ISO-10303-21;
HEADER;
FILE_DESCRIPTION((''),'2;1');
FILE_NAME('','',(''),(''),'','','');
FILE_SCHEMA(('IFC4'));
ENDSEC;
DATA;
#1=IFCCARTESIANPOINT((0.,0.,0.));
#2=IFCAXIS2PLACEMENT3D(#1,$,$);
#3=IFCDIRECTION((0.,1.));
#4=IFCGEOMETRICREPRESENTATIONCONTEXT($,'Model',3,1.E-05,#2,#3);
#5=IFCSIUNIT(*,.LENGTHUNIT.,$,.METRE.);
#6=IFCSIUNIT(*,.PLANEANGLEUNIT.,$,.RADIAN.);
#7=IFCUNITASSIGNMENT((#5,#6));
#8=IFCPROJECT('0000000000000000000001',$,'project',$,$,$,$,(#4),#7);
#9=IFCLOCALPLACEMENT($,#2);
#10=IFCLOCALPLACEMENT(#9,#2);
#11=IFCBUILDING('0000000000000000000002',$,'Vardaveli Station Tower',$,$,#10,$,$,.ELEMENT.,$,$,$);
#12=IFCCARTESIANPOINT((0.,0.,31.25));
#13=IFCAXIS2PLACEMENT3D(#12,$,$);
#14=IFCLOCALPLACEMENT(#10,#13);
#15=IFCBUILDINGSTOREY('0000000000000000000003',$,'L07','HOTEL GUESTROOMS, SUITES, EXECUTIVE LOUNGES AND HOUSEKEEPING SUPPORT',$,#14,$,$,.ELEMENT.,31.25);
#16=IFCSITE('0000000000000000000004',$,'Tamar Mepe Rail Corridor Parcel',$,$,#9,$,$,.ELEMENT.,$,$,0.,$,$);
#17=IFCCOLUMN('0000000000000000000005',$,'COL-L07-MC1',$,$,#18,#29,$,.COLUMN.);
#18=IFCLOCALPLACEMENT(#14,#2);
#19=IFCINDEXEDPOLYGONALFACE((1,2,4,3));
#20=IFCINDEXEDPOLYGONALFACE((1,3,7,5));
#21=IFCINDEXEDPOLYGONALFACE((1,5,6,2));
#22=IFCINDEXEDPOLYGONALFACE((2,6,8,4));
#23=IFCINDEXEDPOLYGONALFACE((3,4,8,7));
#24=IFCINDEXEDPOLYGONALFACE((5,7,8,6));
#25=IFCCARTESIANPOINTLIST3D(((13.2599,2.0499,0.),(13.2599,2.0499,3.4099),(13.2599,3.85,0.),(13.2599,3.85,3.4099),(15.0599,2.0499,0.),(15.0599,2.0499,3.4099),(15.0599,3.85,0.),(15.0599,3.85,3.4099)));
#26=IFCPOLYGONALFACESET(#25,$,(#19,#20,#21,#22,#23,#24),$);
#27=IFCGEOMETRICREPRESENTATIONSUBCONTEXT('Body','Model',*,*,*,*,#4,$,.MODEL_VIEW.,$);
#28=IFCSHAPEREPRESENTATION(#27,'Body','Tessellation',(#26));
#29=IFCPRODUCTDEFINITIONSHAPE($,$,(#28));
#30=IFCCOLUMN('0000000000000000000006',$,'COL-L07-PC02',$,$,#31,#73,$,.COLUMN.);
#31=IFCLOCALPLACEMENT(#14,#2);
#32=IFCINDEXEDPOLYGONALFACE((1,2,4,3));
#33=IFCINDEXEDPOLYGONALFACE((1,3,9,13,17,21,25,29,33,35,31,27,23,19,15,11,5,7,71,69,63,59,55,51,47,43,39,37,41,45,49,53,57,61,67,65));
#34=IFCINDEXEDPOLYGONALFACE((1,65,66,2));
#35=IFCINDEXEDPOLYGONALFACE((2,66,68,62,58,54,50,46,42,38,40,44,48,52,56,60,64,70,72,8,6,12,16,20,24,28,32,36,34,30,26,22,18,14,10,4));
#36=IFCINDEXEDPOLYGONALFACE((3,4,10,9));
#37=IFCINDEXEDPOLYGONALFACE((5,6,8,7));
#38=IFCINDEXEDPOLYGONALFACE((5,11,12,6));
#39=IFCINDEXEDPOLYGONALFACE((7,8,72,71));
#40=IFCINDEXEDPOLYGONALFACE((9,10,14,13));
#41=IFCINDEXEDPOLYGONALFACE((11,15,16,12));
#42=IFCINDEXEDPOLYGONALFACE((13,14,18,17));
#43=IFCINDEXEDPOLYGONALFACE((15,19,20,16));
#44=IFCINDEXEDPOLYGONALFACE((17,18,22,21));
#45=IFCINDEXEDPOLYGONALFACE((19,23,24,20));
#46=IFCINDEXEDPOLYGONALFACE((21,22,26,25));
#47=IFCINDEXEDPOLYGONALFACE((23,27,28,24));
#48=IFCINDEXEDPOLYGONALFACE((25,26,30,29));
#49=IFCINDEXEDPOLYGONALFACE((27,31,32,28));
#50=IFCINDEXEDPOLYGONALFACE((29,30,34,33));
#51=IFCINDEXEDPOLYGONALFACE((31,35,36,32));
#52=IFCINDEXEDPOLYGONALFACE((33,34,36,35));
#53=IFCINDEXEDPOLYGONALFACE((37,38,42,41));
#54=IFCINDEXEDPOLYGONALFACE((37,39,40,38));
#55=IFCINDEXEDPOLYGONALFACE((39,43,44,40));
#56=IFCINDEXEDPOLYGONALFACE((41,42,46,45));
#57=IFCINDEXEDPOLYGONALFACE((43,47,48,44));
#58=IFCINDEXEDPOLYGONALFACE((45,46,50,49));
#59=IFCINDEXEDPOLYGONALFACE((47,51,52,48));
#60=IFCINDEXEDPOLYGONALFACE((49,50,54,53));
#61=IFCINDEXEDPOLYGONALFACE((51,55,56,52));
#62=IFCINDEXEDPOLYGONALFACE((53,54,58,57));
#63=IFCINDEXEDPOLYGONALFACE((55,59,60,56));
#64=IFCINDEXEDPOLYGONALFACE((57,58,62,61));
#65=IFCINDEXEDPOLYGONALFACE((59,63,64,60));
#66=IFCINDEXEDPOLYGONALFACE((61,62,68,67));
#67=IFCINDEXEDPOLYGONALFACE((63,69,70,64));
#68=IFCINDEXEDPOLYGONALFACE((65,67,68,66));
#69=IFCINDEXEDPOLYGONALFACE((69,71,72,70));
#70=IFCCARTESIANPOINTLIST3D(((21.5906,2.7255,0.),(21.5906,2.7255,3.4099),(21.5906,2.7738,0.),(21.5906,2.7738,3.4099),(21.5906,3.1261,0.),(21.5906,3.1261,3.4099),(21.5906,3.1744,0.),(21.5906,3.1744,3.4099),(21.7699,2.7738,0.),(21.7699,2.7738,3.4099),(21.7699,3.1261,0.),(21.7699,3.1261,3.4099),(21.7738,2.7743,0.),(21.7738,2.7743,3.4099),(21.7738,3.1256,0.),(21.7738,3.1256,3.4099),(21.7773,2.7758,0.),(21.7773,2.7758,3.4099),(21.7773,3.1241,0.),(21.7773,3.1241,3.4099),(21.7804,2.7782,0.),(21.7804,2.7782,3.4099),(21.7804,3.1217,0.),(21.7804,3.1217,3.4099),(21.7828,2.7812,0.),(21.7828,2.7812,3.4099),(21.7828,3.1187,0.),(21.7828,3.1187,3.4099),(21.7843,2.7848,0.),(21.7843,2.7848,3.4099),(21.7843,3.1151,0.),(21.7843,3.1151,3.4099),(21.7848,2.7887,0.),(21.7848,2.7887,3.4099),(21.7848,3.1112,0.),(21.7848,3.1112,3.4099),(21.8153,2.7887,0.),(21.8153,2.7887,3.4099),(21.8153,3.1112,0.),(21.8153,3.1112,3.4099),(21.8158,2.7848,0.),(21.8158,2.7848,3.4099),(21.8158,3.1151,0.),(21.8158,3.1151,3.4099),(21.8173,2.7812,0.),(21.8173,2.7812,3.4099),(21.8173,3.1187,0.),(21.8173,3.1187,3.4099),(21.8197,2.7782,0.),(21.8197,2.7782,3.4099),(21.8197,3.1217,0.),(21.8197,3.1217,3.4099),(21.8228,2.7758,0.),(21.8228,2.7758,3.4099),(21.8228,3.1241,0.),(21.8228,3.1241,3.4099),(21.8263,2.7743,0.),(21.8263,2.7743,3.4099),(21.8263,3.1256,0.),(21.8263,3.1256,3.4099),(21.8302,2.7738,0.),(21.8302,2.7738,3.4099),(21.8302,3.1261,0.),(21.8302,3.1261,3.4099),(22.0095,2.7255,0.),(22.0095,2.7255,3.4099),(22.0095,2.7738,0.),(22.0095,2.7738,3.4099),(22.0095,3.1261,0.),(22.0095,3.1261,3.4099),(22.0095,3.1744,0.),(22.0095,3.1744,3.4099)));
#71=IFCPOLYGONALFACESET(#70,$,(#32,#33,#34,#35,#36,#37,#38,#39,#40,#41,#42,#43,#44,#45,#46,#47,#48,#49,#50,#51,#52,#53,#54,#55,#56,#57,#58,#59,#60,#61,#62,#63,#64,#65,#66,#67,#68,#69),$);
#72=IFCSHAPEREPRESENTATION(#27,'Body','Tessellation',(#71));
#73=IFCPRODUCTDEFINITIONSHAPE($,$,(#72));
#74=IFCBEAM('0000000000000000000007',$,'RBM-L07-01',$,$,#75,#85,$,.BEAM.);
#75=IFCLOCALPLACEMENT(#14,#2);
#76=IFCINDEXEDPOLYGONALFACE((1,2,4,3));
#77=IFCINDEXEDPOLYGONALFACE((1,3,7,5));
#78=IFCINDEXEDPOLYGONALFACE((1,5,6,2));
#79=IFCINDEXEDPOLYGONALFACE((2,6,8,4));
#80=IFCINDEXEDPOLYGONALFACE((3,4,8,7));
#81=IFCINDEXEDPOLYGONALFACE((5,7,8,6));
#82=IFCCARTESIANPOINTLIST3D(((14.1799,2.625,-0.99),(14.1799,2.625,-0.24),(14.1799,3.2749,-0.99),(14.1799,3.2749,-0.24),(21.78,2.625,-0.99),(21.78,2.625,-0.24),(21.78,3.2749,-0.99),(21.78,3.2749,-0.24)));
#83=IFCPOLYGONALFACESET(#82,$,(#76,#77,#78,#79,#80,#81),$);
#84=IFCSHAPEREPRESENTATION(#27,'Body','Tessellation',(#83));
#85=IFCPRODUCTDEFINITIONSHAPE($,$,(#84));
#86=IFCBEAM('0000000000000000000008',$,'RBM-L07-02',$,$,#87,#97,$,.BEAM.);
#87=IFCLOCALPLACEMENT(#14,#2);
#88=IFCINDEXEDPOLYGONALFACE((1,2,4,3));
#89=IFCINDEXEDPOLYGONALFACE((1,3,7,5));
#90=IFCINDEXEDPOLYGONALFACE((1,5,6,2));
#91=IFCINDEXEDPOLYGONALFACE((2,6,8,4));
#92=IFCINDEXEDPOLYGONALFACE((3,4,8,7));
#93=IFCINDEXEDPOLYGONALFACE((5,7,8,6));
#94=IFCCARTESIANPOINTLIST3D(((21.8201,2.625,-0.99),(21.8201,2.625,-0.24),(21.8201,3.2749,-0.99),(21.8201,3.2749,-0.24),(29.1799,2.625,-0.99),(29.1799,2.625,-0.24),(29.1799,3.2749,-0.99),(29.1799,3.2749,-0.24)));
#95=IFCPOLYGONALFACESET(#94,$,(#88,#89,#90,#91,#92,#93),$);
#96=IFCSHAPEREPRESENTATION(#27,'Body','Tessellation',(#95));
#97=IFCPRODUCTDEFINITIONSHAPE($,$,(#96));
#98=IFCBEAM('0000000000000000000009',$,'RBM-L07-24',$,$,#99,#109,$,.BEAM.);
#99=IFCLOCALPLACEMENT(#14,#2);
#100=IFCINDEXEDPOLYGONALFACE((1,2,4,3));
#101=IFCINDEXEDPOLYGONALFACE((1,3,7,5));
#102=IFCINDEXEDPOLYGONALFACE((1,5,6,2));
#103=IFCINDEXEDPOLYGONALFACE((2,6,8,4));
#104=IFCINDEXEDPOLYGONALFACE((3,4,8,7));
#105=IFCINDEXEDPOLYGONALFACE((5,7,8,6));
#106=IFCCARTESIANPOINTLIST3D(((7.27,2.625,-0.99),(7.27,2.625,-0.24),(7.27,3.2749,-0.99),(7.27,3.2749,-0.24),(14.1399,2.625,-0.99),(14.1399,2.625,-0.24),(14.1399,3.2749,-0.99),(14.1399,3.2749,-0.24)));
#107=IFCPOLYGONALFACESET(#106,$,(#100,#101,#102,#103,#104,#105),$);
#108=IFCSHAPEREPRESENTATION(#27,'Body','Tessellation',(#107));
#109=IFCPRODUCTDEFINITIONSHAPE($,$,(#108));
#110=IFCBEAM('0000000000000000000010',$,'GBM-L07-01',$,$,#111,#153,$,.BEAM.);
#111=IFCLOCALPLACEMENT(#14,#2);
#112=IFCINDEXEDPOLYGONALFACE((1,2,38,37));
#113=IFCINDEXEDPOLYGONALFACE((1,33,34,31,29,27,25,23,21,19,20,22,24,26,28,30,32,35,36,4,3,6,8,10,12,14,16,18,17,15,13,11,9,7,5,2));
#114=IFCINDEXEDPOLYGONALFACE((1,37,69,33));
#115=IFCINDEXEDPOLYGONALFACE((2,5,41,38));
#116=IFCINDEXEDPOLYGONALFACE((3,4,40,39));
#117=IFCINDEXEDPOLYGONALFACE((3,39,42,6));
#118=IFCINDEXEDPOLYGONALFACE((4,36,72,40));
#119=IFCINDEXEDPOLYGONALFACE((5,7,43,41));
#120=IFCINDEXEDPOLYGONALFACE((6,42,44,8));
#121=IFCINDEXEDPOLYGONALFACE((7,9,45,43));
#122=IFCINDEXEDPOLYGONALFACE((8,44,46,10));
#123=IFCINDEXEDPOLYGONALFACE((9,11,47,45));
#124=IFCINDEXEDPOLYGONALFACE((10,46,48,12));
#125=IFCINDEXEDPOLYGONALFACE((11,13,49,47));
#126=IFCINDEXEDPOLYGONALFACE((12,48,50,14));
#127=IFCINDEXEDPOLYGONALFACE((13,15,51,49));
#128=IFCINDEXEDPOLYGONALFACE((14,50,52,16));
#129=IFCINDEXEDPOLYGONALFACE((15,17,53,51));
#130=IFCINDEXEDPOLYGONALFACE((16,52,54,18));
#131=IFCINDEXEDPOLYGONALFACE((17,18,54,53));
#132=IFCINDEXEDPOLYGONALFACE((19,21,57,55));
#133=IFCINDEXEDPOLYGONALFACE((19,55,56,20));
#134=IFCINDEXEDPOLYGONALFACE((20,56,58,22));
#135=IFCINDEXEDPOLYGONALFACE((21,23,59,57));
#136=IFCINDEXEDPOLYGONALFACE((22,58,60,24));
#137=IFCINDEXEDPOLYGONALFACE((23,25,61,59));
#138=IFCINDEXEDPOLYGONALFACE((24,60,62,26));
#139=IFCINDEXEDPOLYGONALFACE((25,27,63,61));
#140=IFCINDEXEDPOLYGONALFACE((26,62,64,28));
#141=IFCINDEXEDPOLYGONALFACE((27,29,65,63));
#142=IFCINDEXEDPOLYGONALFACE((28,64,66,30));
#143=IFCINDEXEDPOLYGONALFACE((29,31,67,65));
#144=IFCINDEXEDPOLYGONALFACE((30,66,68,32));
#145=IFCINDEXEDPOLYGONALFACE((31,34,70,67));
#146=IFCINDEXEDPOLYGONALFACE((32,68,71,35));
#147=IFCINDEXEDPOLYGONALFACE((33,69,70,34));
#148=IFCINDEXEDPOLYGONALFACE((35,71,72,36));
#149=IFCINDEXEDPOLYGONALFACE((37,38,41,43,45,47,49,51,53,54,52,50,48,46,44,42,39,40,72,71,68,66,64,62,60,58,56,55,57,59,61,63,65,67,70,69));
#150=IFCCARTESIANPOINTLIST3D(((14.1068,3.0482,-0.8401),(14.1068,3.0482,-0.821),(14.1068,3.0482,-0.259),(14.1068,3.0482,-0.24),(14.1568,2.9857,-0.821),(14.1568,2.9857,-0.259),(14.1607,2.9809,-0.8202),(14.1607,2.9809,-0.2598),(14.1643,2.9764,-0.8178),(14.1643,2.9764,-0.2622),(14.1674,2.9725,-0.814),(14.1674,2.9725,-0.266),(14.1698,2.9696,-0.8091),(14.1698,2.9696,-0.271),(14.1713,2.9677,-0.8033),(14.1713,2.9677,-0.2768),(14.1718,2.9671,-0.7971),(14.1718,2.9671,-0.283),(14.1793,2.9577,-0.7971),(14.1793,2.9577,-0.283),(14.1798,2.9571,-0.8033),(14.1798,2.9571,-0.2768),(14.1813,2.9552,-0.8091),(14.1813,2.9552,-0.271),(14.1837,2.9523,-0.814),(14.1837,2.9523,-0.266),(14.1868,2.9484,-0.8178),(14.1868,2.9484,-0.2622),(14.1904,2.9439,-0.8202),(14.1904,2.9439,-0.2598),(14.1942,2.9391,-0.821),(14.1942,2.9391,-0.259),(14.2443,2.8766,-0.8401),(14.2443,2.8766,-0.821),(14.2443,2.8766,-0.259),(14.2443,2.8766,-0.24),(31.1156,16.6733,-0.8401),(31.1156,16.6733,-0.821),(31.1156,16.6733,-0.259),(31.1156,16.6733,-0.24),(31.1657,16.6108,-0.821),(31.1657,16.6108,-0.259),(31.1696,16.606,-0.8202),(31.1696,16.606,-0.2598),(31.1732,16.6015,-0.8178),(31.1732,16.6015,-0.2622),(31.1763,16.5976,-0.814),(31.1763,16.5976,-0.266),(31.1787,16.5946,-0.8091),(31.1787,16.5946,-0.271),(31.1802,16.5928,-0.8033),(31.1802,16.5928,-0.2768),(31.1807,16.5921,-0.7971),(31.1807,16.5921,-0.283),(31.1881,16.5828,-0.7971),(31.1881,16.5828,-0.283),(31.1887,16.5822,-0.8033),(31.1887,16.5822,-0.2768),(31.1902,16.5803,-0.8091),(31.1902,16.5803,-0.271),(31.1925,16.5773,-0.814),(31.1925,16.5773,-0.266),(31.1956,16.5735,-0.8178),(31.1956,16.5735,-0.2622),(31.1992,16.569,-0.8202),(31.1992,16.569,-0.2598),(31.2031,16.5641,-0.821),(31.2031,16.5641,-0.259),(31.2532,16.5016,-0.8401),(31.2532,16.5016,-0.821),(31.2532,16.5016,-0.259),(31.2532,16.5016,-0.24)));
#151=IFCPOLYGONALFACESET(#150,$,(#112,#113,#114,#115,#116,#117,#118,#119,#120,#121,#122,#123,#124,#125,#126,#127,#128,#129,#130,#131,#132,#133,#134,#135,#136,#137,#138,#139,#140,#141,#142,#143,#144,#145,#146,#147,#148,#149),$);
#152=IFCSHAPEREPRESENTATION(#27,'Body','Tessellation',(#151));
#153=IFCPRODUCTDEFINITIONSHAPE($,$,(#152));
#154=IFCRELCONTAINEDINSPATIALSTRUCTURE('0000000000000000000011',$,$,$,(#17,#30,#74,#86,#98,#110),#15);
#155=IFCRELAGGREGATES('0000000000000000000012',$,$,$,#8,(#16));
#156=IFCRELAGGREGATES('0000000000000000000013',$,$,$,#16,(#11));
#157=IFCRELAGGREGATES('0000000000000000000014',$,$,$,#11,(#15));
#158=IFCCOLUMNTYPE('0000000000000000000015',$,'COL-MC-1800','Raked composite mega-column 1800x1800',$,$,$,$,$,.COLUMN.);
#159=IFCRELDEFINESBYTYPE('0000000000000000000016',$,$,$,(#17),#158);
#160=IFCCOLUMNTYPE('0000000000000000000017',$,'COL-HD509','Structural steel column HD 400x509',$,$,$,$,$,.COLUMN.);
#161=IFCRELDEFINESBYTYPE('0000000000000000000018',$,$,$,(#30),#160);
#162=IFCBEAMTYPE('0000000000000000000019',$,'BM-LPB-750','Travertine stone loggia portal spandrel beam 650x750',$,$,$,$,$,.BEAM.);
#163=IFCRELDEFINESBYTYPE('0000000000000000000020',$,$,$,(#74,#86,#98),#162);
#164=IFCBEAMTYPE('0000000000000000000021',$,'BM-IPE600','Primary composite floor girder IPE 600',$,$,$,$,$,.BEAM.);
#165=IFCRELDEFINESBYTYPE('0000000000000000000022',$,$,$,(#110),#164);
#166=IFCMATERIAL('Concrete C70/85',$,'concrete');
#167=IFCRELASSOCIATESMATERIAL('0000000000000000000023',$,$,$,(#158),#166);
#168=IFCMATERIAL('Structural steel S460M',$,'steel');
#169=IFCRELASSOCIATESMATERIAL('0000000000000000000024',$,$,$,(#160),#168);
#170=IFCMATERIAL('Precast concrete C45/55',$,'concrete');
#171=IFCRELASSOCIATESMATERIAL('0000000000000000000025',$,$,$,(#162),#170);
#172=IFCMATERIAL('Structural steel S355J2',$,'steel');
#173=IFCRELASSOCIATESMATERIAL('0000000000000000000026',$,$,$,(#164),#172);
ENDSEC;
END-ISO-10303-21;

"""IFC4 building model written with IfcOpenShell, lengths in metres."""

from ifc_helpers import new_model, si_unit, direction, frame, origin, origin_2d, place, context, subcontext, project, spatial, rectangle, i_section, extrude, source, transform, mapped, material, material_profile, profile_set, type_object, element, save


model = new_model("IFC4")

# Units and contexts
model_context = context("Model", 3, precision=1e-05, world=origin(), true_north=direction((0.0, 1.0)))
body_context = subcontext(model_context, "Body", "Model", "MODEL_VIEW")
ifc_project = project(units=[si_unit("LENGTHUNIT", "METRE"), si_unit("PLANEANGLEUNIT", "RADIAN")], contexts=[model_context])

# Site, building, storey
site_placement = place(None, origin())
site = spatial("IfcSite", under=ifc_project, at=site_placement, Name="Tamar Mepe Rail Corridor Parcel", CompositionType="ELEMENT", RefElevation=0.0)
building_placement = place(site_placement, origin())
building = spatial("IfcBuilding", under=site, at=building_placement, Name="Vardaveli Station Tower", CompositionType="ELEMENT")
storey_placement = place(building_placement, frame((0.0, 0.0, 31.25)))
storey = spatial("IfcBuildingStorey", under=building, at=storey_placement, Name="L07", Description="HOTEL GUESTROOMS, SUITES, EXECUTIVE LOUNGES AND HOUSEKEEPING SUPPORT", CompositionType="ELEMENT", Elevation=31.25)

# Columns
ifc_material_1 = material(Name="Concrete C70/85", Category="concrete")
ifc_material_profile_1 = material_profile(ifc_material_1, rectangle(XDim=1.8, YDim=1.8, at=origin_2d()), Name="MC 1800x1800")
ifc_profile_set_1 = profile_set([ifc_material_profile_1], Name="Concrete C70/85")
column_type_1 = type_object("IfcColumnType", Name="COL-MC-1800", Description="Raked composite mega-column 1800x1800", PredefinedType="COLUMN", material=ifc_profile_set_1)
shared_shape_1 = source(origin(), body_context, "Body", "SweptSolid", [
    extrude(rectangle(XDim=1.8, YDim=1.8, at=origin_2d()), origin(), (0.0, 0.0, 1.0), 3.4099),
])
column_1_placement = place(storey_placement, frame((14.1599, 2.95, 0.0), z_axis=(0.0, 0.0, 1.0), x_axis=(1.0, 0.0, 0.0)))
element("IfcColumn", 1, at=column_1_placement, inside=storey, type_object=column_type_1, Name="COL-L07-MC1", PredefinedType="COLUMN", context=body_context, shape_type="MappedRepresentation", body=[
    mapped(shared_shape_1, transform((0.0, 0.0, 0.0), scale=1.0)),
])
ifc_material_2 = material(Name="Structural steel S460M", Category="steel")
ifc_material_profile_2 = material_profile(ifc_material_2, i_section(OverallWidth=0.4189, OverallDepth=0.449, WebThickness=0.0305, FlangeThickness=0.0483, FilletRadius=0.0149, at=origin_2d()), Name="HD 400x509")
ifc_profile_set_2 = profile_set([ifc_material_profile_2], Name="Structural steel S460M")
column_type_2 = type_object("IfcColumnType", Name="COL-HD509", Description="Structural steel column HD 400x509", PredefinedType="COLUMN", material=ifc_profile_set_2)
shared_shape_2 = source(origin(), body_context, "Body", "SweptSolid", [
    extrude(i_section(OverallWidth=0.4189, OverallDepth=0.449, WebThickness=0.0305, FlangeThickness=0.0483, FilletRadius=0.0149, at=origin_2d()), origin(), (0.0, 0.0, 1.0), 3.4099),
])
column_2_placement = place(storey_placement, frame((21.8, 2.95, 0.0), z_axis=(0.0, 0.0, 1.0), x_axis=(1.0, 0.0, 0.0)))
element("IfcColumn", 2, at=column_2_placement, inside=storey, type_object=column_type_2, Name="COL-L07-PC02", PredefinedType="COLUMN", context=body_context, shape_type="MappedRepresentation", body=[
    mapped(shared_shape_2, transform((0.0, 0.0, 0.0), scale=1.0)),
])

# Beams
ifc_material_3 = material(Name="Precast concrete C45/55", Category="concrete")
ifc_material_profile_3 = material_profile(ifc_material_3, rectangle(XDim=0.6499, YDim=0.75, at=origin_2d()), Name="LPB 650x750")
ifc_profile_set_3 = profile_set([ifc_material_profile_3], Name="Precast concrete C45/55")
beam_type_1 = type_object("IfcBeamType", Name="BM-LPB-750", Description="Travertine stone loggia portal spandrel beam 650x750", PredefinedType="BEAM", material=ifc_profile_set_3)
shared_shape_3 = source(origin(), body_context, "Body", "SweptSolid", [
    extrude(rectangle(XDim=0.6499, YDim=0.75, at=origin_2d()), origin(), (0.0, 0.0, 1.0), 7.6001),
])
beam_1_placement = place(storey_placement, frame((14.1799, 2.95, -0.615), z_axis=(1.0, 0.0, 0.0), x_axis=(0.0, 1.0, 0.0)))
element("IfcBeam", 3, at=beam_1_placement, inside=storey, type_object=beam_type_1, Name="RBM-L07-01", PredefinedType="BEAM", context=body_context, shape_type="MappedRepresentation", body=[
    mapped(shared_shape_3, transform((0.0, 0.0, 0.0), scale=1.0)),
])
shared_shape_4 = source(origin(), body_context, "Body", "SweptSolid", [
    extrude(rectangle(XDim=0.6499, YDim=0.75, at=origin_2d()), origin(), (0.0, 0.0, 1.0), 7.3599),
])
beam_2_placement = place(storey_placement, frame((21.8201, 2.95, -0.615), z_axis=(1.0, 0.0, 0.0), x_axis=(0.0, 1.0, 0.0)))
element("IfcBeam", 4, at=beam_2_placement, inside=storey, type_object=beam_type_1, Name="RBM-L07-02", PredefinedType="BEAM", context=body_context, shape_type="MappedRepresentation", body=[
    mapped(shared_shape_4, transform((0.0, 0.0, 0.0), scale=1.0)),
])
shared_shape_5 = source(origin(), body_context, "Body", "SweptSolid", [
    extrude(rectangle(XDim=0.6499, YDim=0.75, at=origin_2d()), origin(), (0.0, 0.0, 1.0), 6.8699),
])
beam_3_placement = place(storey_placement, frame((7.27, 2.95, -0.615), z_axis=(1.0, 0.0, 0.0), x_axis=(0.0, 1.0, 0.0)))
element("IfcBeam", 5, at=beam_3_placement, inside=storey, type_object=beam_type_1, Name="RBM-L07-24", PredefinedType="BEAM", context=body_context, shape_type="MappedRepresentation", body=[
    mapped(shared_shape_5, transform((0.0, 0.0, 0.0), scale=1.0)),
])
ifc_material_4 = material(Name="Structural steel S355J2", Category="steel")
ifc_material_profile_4 = material_profile(ifc_material_4, i_section(OverallWidth=0.22, OverallDepth=0.6001, WebThickness=0.012, FlangeThickness=0.019, FilletRadius=0.0239, at=origin_2d()), Name="IPE 600")
ifc_profile_set_4 = profile_set([ifc_material_profile_4], Name="Structural steel S355J2")
beam_type_2 = type_object("IfcBeamType", Name="BM-IPE600", Description="Primary composite floor girder IPE 600", PredefinedType="BEAM", material=ifc_profile_set_4)
shared_shape_6 = source(origin(), body_context, "Body", "SweptSolid", [
    extrude(i_section(OverallWidth=0.22, OverallDepth=0.6001, WebThickness=0.012, FlangeThickness=0.019, FilletRadius=0.0239, at=origin_2d()), origin(), (0.0, 0.0, 1.0), 21.7932),
])
beam_4_placement = place(storey_placement, frame((14.1755, 2.9624, -0.54), z_axis=(0.780466, 0.625198, 0.0), x_axis=(-0.625198, 0.780466, 0.0)))
element("IfcBeam", 6, at=beam_4_placement, inside=storey, type_object=beam_type_2, Name="GBM-L07-01", PredefinedType="BEAM", context=body_context, shape_type="MappedRepresentation", body=[
    mapped(shared_shape_6, transform((0.0, 0.0, 0.0), scale=1.0)),
])

save(model, "model.ifc")
